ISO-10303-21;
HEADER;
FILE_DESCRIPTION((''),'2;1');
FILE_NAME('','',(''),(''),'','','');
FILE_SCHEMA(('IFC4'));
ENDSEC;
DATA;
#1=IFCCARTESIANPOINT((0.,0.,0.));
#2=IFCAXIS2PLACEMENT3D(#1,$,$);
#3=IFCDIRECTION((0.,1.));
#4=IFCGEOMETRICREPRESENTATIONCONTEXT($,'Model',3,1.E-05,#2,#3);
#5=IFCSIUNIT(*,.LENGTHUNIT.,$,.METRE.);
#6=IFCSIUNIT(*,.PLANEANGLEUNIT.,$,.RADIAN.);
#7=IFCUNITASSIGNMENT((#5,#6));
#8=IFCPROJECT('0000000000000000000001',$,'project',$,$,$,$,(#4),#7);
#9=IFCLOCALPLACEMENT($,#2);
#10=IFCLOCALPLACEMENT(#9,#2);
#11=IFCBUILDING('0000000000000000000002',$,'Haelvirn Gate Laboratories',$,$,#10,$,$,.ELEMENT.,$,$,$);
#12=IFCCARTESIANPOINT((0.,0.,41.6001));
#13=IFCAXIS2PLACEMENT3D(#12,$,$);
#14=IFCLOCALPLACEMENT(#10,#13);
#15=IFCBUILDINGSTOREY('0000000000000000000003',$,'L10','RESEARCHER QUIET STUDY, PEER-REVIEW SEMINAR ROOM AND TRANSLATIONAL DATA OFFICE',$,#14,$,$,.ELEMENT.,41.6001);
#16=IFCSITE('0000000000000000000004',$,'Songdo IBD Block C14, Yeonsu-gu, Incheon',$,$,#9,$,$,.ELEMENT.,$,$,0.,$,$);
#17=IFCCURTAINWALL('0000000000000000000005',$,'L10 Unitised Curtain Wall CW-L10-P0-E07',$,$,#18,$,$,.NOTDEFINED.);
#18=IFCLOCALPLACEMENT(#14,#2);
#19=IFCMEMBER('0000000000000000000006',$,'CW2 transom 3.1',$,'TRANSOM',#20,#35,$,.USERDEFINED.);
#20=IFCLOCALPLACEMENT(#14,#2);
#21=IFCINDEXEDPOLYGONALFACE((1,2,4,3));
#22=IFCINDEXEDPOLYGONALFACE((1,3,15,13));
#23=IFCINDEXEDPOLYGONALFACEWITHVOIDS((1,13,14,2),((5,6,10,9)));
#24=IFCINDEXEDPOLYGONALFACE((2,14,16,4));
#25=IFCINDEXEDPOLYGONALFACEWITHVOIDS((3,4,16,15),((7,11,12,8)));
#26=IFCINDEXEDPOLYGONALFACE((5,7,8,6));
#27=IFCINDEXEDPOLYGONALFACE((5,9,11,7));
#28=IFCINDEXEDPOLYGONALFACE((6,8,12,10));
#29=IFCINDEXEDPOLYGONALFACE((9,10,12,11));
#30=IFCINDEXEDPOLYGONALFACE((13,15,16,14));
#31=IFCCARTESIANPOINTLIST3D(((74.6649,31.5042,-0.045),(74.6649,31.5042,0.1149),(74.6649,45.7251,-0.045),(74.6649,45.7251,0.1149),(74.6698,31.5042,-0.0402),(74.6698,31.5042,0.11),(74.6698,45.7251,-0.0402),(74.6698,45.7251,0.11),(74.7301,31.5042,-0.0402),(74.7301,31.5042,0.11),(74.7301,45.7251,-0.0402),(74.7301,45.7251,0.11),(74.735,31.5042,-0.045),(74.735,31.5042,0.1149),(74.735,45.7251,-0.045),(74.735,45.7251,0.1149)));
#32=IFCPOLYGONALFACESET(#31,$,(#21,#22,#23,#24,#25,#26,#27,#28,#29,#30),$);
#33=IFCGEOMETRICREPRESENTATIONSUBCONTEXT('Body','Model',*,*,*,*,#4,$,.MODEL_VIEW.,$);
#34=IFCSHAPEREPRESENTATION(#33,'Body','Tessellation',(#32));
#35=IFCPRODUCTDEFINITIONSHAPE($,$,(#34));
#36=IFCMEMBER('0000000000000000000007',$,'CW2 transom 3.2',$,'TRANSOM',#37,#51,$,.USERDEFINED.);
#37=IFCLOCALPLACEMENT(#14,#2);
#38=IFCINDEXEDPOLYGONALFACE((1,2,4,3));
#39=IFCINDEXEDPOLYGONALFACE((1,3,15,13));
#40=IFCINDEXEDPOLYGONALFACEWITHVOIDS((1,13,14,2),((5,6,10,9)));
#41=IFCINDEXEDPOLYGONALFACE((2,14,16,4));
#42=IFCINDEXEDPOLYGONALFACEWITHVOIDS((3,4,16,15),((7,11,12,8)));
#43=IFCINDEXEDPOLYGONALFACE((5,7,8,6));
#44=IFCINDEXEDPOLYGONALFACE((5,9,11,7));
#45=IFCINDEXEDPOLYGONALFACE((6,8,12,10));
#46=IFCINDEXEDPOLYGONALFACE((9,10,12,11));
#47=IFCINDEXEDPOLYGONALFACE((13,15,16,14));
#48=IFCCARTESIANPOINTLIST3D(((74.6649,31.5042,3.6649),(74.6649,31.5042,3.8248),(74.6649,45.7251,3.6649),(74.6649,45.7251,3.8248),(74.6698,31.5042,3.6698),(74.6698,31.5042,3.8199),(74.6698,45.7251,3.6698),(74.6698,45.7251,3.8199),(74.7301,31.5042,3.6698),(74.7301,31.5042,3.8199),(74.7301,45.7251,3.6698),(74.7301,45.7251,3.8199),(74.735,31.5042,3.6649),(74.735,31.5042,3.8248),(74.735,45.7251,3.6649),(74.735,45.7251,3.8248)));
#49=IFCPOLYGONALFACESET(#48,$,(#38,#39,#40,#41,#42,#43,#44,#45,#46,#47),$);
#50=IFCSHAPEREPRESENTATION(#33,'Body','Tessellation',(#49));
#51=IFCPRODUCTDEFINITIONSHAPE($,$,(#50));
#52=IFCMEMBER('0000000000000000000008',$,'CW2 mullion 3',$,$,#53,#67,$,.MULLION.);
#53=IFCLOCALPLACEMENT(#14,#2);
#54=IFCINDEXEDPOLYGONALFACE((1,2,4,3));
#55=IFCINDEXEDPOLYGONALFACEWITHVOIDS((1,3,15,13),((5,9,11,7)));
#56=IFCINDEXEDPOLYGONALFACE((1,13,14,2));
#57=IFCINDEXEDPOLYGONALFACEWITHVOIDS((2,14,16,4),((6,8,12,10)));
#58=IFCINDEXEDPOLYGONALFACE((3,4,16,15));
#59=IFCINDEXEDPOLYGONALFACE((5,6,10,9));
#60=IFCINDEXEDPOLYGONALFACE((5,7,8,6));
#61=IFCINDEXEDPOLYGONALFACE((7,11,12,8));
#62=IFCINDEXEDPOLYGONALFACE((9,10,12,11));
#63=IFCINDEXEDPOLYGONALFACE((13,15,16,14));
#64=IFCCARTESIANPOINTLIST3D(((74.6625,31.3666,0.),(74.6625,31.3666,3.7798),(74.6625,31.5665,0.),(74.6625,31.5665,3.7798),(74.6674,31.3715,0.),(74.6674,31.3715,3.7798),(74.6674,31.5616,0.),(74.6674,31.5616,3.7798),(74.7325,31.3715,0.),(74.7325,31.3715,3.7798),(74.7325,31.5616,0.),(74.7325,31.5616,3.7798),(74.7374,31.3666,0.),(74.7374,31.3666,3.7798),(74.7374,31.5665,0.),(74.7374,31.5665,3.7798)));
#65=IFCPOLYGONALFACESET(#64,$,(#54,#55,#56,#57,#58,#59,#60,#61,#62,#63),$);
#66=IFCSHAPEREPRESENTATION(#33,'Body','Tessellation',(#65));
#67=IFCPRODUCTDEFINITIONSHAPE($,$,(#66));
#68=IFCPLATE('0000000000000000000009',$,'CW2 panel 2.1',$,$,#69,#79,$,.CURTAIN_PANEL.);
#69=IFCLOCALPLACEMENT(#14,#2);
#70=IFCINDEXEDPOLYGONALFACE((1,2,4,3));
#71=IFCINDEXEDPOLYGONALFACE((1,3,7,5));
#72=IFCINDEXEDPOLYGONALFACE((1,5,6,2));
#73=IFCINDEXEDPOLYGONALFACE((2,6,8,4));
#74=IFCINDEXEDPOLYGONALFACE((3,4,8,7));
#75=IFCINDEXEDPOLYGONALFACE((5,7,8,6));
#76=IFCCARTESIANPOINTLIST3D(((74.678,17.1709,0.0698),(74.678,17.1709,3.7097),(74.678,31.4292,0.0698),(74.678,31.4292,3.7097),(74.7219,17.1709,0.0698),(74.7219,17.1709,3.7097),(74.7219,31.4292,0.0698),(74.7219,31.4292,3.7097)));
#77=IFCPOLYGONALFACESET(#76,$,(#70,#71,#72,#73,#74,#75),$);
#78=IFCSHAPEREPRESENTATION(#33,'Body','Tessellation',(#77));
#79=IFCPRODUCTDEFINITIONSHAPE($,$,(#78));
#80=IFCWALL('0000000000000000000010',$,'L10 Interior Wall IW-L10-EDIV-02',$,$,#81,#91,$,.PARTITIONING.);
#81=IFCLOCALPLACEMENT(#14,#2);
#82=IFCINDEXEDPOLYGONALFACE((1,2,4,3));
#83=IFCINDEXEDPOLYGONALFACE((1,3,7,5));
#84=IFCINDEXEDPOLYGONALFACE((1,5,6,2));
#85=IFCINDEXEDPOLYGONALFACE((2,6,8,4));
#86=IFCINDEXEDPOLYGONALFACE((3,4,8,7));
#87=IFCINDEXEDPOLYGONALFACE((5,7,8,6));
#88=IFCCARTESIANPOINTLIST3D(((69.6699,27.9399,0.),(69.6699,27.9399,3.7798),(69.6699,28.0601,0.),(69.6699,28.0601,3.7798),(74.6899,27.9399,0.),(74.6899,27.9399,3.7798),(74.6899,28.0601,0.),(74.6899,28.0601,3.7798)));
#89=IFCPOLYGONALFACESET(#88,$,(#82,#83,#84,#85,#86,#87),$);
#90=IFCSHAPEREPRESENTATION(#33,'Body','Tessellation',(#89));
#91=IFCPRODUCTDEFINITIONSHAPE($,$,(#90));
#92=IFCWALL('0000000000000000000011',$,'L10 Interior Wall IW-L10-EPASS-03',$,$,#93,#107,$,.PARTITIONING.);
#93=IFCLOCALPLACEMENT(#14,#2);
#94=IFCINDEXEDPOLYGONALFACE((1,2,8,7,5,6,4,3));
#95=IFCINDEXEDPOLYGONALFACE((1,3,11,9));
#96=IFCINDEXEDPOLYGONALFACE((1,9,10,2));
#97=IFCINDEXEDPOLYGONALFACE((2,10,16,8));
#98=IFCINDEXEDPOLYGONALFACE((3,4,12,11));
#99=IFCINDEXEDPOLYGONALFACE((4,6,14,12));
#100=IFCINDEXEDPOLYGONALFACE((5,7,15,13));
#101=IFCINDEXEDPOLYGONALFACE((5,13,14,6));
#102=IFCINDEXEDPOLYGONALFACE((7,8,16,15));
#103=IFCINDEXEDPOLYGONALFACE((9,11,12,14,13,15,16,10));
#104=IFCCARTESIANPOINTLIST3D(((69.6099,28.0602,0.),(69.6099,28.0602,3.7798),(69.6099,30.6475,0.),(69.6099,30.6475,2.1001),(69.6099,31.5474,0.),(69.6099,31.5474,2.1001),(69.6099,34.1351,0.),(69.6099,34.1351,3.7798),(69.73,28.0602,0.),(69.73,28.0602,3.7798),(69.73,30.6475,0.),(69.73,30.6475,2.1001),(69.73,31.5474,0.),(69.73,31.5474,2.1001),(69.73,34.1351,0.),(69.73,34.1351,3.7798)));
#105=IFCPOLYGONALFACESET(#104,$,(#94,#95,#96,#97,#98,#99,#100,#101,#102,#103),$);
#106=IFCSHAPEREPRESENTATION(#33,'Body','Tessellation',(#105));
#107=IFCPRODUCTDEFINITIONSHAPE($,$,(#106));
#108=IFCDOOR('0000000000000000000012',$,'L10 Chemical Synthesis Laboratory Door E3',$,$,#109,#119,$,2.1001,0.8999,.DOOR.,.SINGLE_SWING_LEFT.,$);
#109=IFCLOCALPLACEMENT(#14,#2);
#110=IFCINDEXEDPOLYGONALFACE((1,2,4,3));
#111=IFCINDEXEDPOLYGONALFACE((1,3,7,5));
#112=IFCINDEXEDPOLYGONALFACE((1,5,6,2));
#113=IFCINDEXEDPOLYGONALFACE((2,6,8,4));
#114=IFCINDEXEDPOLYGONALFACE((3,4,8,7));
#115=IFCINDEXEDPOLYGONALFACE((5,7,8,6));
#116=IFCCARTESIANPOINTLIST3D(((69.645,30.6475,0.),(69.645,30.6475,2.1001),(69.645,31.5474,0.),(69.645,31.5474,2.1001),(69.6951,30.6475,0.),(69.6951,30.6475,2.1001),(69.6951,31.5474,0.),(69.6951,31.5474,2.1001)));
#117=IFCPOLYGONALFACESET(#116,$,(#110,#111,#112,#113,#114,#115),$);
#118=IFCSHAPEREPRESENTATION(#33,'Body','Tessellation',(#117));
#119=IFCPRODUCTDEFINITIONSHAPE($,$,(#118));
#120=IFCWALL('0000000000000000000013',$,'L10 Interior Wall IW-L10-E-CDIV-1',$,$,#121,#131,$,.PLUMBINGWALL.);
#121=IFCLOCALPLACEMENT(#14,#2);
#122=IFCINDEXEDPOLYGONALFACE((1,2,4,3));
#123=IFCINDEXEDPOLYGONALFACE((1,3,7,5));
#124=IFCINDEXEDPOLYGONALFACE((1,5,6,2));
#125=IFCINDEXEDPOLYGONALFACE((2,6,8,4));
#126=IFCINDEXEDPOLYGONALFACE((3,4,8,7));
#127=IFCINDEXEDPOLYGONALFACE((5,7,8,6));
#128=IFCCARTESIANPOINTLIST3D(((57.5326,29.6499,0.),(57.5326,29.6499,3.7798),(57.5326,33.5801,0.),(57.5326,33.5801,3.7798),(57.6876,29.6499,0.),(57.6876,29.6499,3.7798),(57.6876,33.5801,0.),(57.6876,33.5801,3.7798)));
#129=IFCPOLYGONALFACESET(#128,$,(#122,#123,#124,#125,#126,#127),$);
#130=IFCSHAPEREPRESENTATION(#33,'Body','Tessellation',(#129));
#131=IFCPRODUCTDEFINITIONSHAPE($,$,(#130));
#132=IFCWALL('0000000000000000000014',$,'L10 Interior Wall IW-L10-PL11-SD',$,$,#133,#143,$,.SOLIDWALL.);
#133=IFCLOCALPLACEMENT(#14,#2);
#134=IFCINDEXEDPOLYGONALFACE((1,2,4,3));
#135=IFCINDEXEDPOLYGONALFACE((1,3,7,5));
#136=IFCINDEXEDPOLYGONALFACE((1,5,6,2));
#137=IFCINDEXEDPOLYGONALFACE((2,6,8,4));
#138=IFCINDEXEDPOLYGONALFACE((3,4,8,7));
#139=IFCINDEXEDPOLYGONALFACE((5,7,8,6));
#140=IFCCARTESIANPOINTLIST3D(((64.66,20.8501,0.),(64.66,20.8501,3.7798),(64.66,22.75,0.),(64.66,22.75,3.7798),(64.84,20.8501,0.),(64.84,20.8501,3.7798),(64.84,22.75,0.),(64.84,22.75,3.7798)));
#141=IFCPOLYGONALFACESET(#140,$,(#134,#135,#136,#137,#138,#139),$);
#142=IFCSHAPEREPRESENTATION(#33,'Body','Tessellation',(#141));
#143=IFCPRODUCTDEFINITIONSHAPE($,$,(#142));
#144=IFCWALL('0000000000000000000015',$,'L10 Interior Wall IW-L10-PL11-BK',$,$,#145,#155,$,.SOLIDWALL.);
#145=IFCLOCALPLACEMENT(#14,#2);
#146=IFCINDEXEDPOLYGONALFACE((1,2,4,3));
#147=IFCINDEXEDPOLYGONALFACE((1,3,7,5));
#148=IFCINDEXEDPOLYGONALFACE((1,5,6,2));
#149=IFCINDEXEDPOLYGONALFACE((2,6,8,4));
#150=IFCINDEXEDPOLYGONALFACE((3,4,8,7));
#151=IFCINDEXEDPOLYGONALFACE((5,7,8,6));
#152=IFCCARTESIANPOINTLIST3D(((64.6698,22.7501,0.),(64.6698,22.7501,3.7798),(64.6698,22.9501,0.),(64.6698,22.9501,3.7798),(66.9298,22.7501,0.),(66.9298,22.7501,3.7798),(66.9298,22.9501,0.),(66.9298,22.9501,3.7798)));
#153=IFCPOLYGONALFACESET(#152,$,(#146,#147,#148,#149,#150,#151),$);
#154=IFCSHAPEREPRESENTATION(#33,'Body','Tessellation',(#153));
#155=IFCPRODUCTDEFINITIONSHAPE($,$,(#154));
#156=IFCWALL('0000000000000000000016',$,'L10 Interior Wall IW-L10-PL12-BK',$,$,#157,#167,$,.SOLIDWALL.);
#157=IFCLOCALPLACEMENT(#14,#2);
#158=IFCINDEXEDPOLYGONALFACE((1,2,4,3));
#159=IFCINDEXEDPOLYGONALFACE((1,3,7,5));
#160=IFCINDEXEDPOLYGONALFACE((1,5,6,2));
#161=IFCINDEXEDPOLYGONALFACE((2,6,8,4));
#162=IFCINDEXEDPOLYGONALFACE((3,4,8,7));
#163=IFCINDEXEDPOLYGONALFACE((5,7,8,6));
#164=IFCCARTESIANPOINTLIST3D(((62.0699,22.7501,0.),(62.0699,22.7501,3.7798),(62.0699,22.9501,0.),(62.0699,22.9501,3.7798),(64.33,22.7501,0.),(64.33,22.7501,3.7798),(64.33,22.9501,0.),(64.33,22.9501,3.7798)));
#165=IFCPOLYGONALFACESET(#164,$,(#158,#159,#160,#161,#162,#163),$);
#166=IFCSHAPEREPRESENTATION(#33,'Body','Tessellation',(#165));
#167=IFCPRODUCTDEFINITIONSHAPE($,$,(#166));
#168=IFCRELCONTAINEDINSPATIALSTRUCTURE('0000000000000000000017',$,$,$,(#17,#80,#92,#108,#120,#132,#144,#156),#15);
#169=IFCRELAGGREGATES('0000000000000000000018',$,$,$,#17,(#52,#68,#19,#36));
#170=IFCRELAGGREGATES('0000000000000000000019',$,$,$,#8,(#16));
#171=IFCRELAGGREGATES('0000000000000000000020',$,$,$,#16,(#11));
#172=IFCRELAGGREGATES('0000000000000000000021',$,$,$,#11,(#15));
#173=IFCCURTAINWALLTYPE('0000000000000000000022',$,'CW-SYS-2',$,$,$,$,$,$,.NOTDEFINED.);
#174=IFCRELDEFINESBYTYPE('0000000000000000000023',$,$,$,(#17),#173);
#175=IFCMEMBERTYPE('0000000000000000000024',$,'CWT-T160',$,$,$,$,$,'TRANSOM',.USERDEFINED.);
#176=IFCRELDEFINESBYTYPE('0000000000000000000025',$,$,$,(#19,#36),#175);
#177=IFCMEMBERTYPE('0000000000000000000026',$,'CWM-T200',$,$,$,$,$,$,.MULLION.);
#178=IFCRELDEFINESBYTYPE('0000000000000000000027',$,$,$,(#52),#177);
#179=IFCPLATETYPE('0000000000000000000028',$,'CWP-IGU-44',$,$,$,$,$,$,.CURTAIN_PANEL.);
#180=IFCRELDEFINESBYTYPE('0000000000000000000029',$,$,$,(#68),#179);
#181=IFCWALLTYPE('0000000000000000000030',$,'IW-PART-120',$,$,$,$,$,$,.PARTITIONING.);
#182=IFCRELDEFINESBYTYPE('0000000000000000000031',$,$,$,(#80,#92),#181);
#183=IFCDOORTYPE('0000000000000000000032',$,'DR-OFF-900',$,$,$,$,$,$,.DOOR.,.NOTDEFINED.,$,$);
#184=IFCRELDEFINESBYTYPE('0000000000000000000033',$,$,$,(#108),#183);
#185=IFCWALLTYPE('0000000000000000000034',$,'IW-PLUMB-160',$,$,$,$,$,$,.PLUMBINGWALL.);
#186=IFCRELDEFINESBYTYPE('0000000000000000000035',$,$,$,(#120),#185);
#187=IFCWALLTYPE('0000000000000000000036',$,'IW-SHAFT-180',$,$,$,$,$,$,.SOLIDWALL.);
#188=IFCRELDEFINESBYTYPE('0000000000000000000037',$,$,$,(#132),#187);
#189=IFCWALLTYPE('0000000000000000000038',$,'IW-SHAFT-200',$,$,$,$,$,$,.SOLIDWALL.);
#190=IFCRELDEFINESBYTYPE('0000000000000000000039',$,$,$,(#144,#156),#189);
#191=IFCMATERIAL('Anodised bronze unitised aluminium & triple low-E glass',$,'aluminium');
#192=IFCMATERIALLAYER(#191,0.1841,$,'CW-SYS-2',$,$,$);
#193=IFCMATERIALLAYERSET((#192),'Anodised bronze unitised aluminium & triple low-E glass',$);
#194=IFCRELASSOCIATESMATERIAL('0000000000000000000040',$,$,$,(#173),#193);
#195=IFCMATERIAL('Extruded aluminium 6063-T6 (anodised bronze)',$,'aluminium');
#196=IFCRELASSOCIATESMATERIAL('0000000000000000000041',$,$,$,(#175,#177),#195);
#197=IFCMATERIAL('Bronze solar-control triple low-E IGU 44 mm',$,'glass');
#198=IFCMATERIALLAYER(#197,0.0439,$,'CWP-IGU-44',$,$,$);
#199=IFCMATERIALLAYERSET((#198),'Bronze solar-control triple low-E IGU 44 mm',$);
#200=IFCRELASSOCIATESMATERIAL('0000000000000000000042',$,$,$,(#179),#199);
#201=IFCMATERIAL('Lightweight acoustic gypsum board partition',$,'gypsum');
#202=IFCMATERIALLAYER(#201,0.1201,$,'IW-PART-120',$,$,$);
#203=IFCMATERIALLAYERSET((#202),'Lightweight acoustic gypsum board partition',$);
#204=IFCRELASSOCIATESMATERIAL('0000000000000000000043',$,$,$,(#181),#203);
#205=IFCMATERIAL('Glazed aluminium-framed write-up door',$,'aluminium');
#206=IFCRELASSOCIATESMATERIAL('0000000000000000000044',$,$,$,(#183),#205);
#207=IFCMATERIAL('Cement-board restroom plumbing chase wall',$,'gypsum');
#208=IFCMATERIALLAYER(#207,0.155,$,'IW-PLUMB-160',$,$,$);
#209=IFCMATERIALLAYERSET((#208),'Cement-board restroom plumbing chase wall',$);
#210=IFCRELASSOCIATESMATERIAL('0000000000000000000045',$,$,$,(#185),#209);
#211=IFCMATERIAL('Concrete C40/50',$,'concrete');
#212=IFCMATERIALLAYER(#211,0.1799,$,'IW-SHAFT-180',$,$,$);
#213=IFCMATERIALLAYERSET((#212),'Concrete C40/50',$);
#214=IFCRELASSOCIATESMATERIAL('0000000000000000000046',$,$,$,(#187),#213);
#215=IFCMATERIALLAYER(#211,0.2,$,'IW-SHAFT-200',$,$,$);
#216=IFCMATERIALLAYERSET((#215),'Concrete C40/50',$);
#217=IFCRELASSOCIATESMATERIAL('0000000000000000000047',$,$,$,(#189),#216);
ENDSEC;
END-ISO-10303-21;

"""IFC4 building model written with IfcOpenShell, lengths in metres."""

from ifc_helpers import new_model, si_unit, direction, frame, frame_2d, origin, origin_2d, place, context, subcontext, project, spatial, rectangle, hollow_rectangle, extrude, source, transform, mapped, material, layer, layer_set, material_profile, profile_set, type_object, type_shapes, element, fill, aggregate, save


model = new_model("IFC4")

# Units and contexts
model_context = context("Model", 3, precision=1e-05, world=origin(), true_north=direction((0.0, 1.0)))
body_context = subcontext(model_context, "Body", "Model", "MODEL_VIEW")
ifc_project = project(units=[si_unit("LENGTHUNIT", "METRE"), si_unit("PLANEANGLEUNIT", "RADIAN")], contexts=[model_context])

# Site, building, storey
site_placement = place(None, origin())
site = spatial("IfcSite", under=ifc_project, at=site_placement, Name="Songdo IBD Block C14, Yeonsu-gu, Incheon", CompositionType="ELEMENT", RefElevation=0.0)
building_placement = place(site_placement, origin())
building = spatial("IfcBuilding", under=site, at=building_placement, Name="Haelvirn Gate Laboratories", CompositionType="ELEMENT")
storey_placement = place(building_placement, frame((0.0, 0.0, 41.6001)))
storey = spatial("IfcBuildingStorey", under=building, at=storey_placement, Name="L10", Description="RESEARCHER QUIET STUDY, PEER-REVIEW SEMINAR ROOM AND TRANSLATIONAL DATA OFFICE", CompositionType="ELEMENT", Elevation=41.6001)

# Curtain wall, members, plate
ifc_material_1 = material(Name="Anodised bronze unitised aluminium & triple low-E glass", Category="aluminium")
ifc_layer_1 = layer(ifc_material_1, 0.1841, Name="CW-SYS-2")
ifc_layer_set_1 = layer_set([ifc_layer_1], Name="Anodised bronze unitised aluminium & triple low-E glass")
curtain_wall_type = type_object("IfcCurtainWallType", Name="CW-SYS-2", PredefinedType="NOTDEFINED", material=ifc_layer_set_1)
curtain_wall_placement = place(storey_placement, origin())
curtain_wall = element("IfcCurtainWall", 1, at=curtain_wall_placement, inside=storey, type_object=curtain_wall_type, Name="L10 Unitised Curtain Wall CW-L10-P0-E07", PredefinedType="NOTDEFINED")
ifc_material_2 = material(Name="Extruded aluminium 6063-T6 (anodised bronze)", Category="aluminium")
ifc_material_profile_1 = material_profile(ifc_material_2, hollow_rectangle(XDim=0.0701, YDim=0.1599, WallThickness=0.0049, at=origin_2d()), Name="CWT-160x70x5")
ifc_profile_set_1 = profile_set([ifc_material_profile_1], Name="Extruded aluminium 6063-T6 (anodised bronze)")
member_type_1 = type_object("IfcMemberType", Name="CWT-T160", ElementType="TRANSOM", PredefinedType="USERDEFINED", material=ifc_profile_set_1)
shared_shape_1 = source(origin(), body_context, "Body", "SweptSolid", [
    extrude(hollow_rectangle(XDim=0.0701, YDim=0.1599, WallThickness=0.0049, at=origin_2d()), origin(), (0.0, 0.0, 1.0), 14.2209),
])
type_shapes(member_type_1, [shared_shape_1])
member_1_placement = place(storey_placement, frame((74.7, 31.5042, 0.0349), z_axis=(0.0, 1.0, 0.0), x_axis=(-1.0, 0.0, 0.0)))
member_1 = element("IfcMember", 2, at=member_1_placement, type_object=member_type_1, Name="CW2 transom 3.1", ObjectType="TRANSOM", PredefinedType="USERDEFINED", context=body_context, shape_type="MappedRepresentation", body=[
    mapped(shared_shape_1, transform((0.0, 0.0, 0.0), scale=1.0)),
])
member_2_placement = place(storey_placement, frame((74.7, 31.5042, 3.7449), z_axis=(0.0, 1.0, 0.0), x_axis=(-1.0, 0.0, 0.0)))
member_2 = element("IfcMember", 3, at=member_2_placement, type_object=member_type_1, Name="CW2 transom 3.2", ObjectType="TRANSOM", PredefinedType="USERDEFINED", context=body_context, shape_type="MappedRepresentation", body=[
    mapped(shared_shape_1, transform((0.0, 0.0, 0.0), scale=1.0)),
])
ifc_material_profile_2 = material_profile(ifc_material_2, hollow_rectangle(XDim=0.075, YDim=0.2, WallThickness=0.0049, at=origin_2d()), Name="CWM-200x75x5")
ifc_profile_set_2 = profile_set([ifc_material_profile_2], Name="Extruded aluminium 6063-T6 (anodised bronze)")
member_type_2 = type_object("IfcMemberType", Name="CWM-T200", PredefinedType="MULLION", material=ifc_profile_set_2)
shared_shape_2 = source(origin(), body_context, "Body", "SweptSolid", [
    extrude(hollow_rectangle(XDim=0.075, YDim=0.2, WallThickness=0.0049, at=origin_2d()), origin(), (0.0, 0.0, 1.0), 3.7798),
])
type_shapes(member_type_2, [shared_shape_2])
member_3_placement = place(storey_placement, frame((74.7, 31.4666, 0.0), z_axis=(0.0, 0.0, 1.0), x_axis=(-1.0, 0.0, 0.0)))
member_3 = element("IfcMember", 4, at=member_3_placement, type_object=member_type_2, Name="CW2 mullion 3", PredefinedType="MULLION", context=body_context, shape_type="MappedRepresentation", body=[
    mapped(shared_shape_2, transform((0.0, 0.0, 0.0), scale=1.0)),
])
ifc_material_3 = material(Name="Bronze solar-control triple low-E IGU 44 mm", Category="glass")
ifc_layer_2 = layer(ifc_material_3, 0.0439, Name="CWP-IGU-44")
ifc_layer_set_2 = layer_set([ifc_layer_2], Name="Bronze solar-control triple low-E IGU 44 mm")
plate_type = type_object("IfcPlateType", Name="CWP-IGU-44", PredefinedType="CURTAIN_PANEL", material=ifc_layer_set_2)
shared_shape_3 = source(origin(), body_context, "Body", "SweptSolid", [
    extrude(rectangle(XDim=14.2583, YDim=0.0439, at=origin_2d()), origin(), (0.0, 0.0, 1.0), 3.6399),
])
type_shapes(plate_type, [shared_shape_3])
plate_placement = place(storey_placement, frame((74.7, 24.3, 0.0698), z_axis=(0.0, 0.0, 1.0), x_axis=(0.0, 1.0, 0.0)))
plate = element("IfcPlate", 5, at=plate_placement, type_object=plate_type, Name="CW2 panel 2.1", PredefinedType="CURTAIN_PANEL", context=body_context, shape_type="MappedRepresentation", body=[
    mapped(shared_shape_3, transform((0.0, 0.0, 0.0), scale=1.0)),
])
aggregate(curtain_wall, [member_3, plate, member_1, member_2])

# Wall
ifc_material_4 = material(Name="Lightweight acoustic gypsum board partition", Category="gypsum")
ifc_layer_3 = layer(ifc_material_4, 0.1201, Name="IW-PART-120")
ifc_layer_set_3 = layer_set([ifc_layer_3], Name="Lightweight acoustic gypsum board partition")
wall_type_1 = type_object("IfcWallType", Name="IW-PART-120", PredefinedType="PARTITIONING", material=ifc_layer_set_3)
wall_1_placement = place(storey_placement, frame((69.6699, 28.0, 0.0), z_axis=(0.0, 0.0, 1.0), x_axis=(1.0, 0.0, 0.0)))
element("IfcWall", 6, at=wall_1_placement, inside=storey, type_object=wall_type_1, Name="L10 Interior Wall IW-L10-EDIV-02", PredefinedType="PARTITIONING", context=body_context, shape_type="SweptSolid", body=[
    extrude(rectangle(XDim=5.02, YDim=0.1201, at=frame_2d((2.51, 0.0))), origin(), (0.0, 0.0, 1.0), 3.7798),
])

# Wall, opening, door
wall_2_placement = place(storey_placement, frame((69.6699, 28.0601, 0.0), z_axis=(0.0, 0.0, 1.0), x_axis=(0.0, 1.0, 0.0)))
wall_2 = element("IfcWall", 7, at=wall_2_placement, inside=storey, type_object=wall_type_1, Name="L10 Interior Wall IW-L10-EPASS-03", PredefinedType="PARTITIONING", context=body_context, shape_type="SweptSolid", body=[
    extrude(rectangle(XDim=6.075, YDim=0.1201, at=frame_2d((3.0376, 0.0))), origin(), (0.0, 0.0, 1.0), 3.7798),
])
opening_1_placement = place(wall_2_placement, frame((2.5874, 0.0, 0.0)))
opening_1 = element("IfcOpeningElement", 8, at=opening_1_placement, cuts=wall_2, PredefinedType="OPENING", context=body_context, shape_type="SweptSolid", body=[
    extrude(rectangle(XDim=0.8999, YDim=2.1001, at=frame_2d((0.45, 1.05))), frame((0.0, 0.0701, 0.0), z_axis=(0.0, -1.0, 0.0), x_axis=(1.0, 0.0, 0.0)), (0.0, 0.0, 1.0), 0.1401),
])
ifc_material_5 = material(Name="Glazed aluminium-framed write-up door", Category="aluminium")
door_type_1 = type_object("IfcDoorType", Name="DR-OFF-900", OperationType="NOTDEFINED", PredefinedType="DOOR", material=ifc_material_5)
shared_shape_4 = source(origin(), body_context, "Body", "SweptSolid", [
    extrude(rectangle(XDim=0.8999, YDim=2.1001, at=frame_2d((0.45, 1.05))), frame((0.0, 0.0249, 0.0), z_axis=(0.0, -1.0, 0.0), x_axis=(1.0, 0.0, 0.0)), (0.0, 0.0, 1.0), 0.05),
])
type_shapes(door_type_1, [shared_shape_4])
door_1_placement = place(opening_1_placement, origin())
door_1 = element("IfcDoor", 9, at=door_1_placement, inside=storey, type_object=door_type_1, Name="L10 Chemical Synthesis Laboratory Door E3", OperationType="SINGLE_SWING_LEFT", OverallHeight=2.1001, OverallWidth=0.8999, PredefinedType="DOOR", context=body_context, shape_type="MappedRepresentation", body=[
    mapped(shared_shape_4, transform((0.0, 0.0, 0.0), scale=1.0)),
])
fill(opening_1, door_1)

# Walls
ifc_material_6 = material(Name="Cement-board restroom plumbing chase wall", Category="gypsum")
ifc_layer_4 = layer(ifc_material_6, 0.155, Name="IW-PLUMB-160")
ifc_layer_set_4 = layer_set([ifc_layer_4], Name="Cement-board restroom plumbing chase wall")
wall_type_2 = type_object("IfcWallType", Name="IW-PLUMB-160", PredefinedType="PLUMBINGWALL", material=ifc_layer_set_4)
wall_3_placement = place(storey_placement, frame((57.6101, 29.6499, 0.0), z_axis=(0.0, 0.0, 1.0), x_axis=(0.0, 1.0, 0.0)))
element("IfcWall", 10, at=wall_3_placement, inside=storey, type_object=wall_type_2, Name="L10 Interior Wall IW-L10-E-CDIV-1", PredefinedType="PLUMBINGWALL", context=body_context, shape_type="SweptSolid", body=[
    extrude(rectangle(XDim=3.9302, YDim=0.155, at=frame_2d((1.9651, 0.0))), origin(), (0.0, 0.0, 1.0), 3.7798),
])
ifc_material_7 = material(Name="Concrete C40/50", Category="concrete")
ifc_layer_5 = layer(ifc_material_7, 0.1799, Name="IW-SHAFT-180")
ifc_layer_set_5 = layer_set([ifc_layer_5], Name="Concrete C40/50")
wall_type_3 = type_object("IfcWallType", Name="IW-SHAFT-180", PredefinedType="SOLIDWALL", material=ifc_layer_set_5)
wall_4_placement = place(storey_placement, frame((64.75, 20.8501, 0.0), z_axis=(0.0, 0.0, 1.0), x_axis=(0.0, 1.0, 0.0)))
element("IfcWall", 11, at=wall_4_placement, inside=storey, type_object=wall_type_3, Name="L10 Interior Wall IW-L10-PL11-SD", PredefinedType="SOLIDWALL", context=body_context, shape_type="SweptSolid", body=[
    extrude(rectangle(XDim=1.8999, YDim=0.1799, at=frame_2d((0.95, 0.0))), origin(), (0.0, 0.0, 1.0), 3.7798),
])
ifc_layer_6 = layer(ifc_material_7, 0.2, Name="IW-SHAFT-200")
ifc_layer_set_6 = layer_set([ifc_layer_6], Name="Concrete C40/50")
wall_type_4 = type_object("IfcWallType", Name="IW-SHAFT-200", PredefinedType="SOLIDWALL", material=ifc_layer_set_6)
for number, where, z_axis, x_axis, name in (
    (12, (64.6699, 22.8501, 0.0), (0.0, 0.0, 1.0), (1.0, 0.0, 0.0), "L10 Interior Wall IW-L10-PL11-BK"),
    (13, (62.0701, 22.8501, 0.0), (0.0, 0.0, 1.0), (1.0, 0.0, 0.0), "L10 Interior Wall IW-L10-PL12-BK"),
):
    element("IfcWall", number, at=place(storey_placement, frame(where, z_axis=z_axis, x_axis=x_axis)), inside=storey, type_object=wall_type_4, Name=name, PredefinedType="SOLIDWALL", context=body_context, shape_type="SweptSolid", body=[
        extrude(rectangle(XDim=2.26, YDim=0.2, at=frame_2d((1.1299, 0.0))), origin(), (0.0, 0.0, 1.0), 3.7798),
    ])

save(model, "model.ifc")
